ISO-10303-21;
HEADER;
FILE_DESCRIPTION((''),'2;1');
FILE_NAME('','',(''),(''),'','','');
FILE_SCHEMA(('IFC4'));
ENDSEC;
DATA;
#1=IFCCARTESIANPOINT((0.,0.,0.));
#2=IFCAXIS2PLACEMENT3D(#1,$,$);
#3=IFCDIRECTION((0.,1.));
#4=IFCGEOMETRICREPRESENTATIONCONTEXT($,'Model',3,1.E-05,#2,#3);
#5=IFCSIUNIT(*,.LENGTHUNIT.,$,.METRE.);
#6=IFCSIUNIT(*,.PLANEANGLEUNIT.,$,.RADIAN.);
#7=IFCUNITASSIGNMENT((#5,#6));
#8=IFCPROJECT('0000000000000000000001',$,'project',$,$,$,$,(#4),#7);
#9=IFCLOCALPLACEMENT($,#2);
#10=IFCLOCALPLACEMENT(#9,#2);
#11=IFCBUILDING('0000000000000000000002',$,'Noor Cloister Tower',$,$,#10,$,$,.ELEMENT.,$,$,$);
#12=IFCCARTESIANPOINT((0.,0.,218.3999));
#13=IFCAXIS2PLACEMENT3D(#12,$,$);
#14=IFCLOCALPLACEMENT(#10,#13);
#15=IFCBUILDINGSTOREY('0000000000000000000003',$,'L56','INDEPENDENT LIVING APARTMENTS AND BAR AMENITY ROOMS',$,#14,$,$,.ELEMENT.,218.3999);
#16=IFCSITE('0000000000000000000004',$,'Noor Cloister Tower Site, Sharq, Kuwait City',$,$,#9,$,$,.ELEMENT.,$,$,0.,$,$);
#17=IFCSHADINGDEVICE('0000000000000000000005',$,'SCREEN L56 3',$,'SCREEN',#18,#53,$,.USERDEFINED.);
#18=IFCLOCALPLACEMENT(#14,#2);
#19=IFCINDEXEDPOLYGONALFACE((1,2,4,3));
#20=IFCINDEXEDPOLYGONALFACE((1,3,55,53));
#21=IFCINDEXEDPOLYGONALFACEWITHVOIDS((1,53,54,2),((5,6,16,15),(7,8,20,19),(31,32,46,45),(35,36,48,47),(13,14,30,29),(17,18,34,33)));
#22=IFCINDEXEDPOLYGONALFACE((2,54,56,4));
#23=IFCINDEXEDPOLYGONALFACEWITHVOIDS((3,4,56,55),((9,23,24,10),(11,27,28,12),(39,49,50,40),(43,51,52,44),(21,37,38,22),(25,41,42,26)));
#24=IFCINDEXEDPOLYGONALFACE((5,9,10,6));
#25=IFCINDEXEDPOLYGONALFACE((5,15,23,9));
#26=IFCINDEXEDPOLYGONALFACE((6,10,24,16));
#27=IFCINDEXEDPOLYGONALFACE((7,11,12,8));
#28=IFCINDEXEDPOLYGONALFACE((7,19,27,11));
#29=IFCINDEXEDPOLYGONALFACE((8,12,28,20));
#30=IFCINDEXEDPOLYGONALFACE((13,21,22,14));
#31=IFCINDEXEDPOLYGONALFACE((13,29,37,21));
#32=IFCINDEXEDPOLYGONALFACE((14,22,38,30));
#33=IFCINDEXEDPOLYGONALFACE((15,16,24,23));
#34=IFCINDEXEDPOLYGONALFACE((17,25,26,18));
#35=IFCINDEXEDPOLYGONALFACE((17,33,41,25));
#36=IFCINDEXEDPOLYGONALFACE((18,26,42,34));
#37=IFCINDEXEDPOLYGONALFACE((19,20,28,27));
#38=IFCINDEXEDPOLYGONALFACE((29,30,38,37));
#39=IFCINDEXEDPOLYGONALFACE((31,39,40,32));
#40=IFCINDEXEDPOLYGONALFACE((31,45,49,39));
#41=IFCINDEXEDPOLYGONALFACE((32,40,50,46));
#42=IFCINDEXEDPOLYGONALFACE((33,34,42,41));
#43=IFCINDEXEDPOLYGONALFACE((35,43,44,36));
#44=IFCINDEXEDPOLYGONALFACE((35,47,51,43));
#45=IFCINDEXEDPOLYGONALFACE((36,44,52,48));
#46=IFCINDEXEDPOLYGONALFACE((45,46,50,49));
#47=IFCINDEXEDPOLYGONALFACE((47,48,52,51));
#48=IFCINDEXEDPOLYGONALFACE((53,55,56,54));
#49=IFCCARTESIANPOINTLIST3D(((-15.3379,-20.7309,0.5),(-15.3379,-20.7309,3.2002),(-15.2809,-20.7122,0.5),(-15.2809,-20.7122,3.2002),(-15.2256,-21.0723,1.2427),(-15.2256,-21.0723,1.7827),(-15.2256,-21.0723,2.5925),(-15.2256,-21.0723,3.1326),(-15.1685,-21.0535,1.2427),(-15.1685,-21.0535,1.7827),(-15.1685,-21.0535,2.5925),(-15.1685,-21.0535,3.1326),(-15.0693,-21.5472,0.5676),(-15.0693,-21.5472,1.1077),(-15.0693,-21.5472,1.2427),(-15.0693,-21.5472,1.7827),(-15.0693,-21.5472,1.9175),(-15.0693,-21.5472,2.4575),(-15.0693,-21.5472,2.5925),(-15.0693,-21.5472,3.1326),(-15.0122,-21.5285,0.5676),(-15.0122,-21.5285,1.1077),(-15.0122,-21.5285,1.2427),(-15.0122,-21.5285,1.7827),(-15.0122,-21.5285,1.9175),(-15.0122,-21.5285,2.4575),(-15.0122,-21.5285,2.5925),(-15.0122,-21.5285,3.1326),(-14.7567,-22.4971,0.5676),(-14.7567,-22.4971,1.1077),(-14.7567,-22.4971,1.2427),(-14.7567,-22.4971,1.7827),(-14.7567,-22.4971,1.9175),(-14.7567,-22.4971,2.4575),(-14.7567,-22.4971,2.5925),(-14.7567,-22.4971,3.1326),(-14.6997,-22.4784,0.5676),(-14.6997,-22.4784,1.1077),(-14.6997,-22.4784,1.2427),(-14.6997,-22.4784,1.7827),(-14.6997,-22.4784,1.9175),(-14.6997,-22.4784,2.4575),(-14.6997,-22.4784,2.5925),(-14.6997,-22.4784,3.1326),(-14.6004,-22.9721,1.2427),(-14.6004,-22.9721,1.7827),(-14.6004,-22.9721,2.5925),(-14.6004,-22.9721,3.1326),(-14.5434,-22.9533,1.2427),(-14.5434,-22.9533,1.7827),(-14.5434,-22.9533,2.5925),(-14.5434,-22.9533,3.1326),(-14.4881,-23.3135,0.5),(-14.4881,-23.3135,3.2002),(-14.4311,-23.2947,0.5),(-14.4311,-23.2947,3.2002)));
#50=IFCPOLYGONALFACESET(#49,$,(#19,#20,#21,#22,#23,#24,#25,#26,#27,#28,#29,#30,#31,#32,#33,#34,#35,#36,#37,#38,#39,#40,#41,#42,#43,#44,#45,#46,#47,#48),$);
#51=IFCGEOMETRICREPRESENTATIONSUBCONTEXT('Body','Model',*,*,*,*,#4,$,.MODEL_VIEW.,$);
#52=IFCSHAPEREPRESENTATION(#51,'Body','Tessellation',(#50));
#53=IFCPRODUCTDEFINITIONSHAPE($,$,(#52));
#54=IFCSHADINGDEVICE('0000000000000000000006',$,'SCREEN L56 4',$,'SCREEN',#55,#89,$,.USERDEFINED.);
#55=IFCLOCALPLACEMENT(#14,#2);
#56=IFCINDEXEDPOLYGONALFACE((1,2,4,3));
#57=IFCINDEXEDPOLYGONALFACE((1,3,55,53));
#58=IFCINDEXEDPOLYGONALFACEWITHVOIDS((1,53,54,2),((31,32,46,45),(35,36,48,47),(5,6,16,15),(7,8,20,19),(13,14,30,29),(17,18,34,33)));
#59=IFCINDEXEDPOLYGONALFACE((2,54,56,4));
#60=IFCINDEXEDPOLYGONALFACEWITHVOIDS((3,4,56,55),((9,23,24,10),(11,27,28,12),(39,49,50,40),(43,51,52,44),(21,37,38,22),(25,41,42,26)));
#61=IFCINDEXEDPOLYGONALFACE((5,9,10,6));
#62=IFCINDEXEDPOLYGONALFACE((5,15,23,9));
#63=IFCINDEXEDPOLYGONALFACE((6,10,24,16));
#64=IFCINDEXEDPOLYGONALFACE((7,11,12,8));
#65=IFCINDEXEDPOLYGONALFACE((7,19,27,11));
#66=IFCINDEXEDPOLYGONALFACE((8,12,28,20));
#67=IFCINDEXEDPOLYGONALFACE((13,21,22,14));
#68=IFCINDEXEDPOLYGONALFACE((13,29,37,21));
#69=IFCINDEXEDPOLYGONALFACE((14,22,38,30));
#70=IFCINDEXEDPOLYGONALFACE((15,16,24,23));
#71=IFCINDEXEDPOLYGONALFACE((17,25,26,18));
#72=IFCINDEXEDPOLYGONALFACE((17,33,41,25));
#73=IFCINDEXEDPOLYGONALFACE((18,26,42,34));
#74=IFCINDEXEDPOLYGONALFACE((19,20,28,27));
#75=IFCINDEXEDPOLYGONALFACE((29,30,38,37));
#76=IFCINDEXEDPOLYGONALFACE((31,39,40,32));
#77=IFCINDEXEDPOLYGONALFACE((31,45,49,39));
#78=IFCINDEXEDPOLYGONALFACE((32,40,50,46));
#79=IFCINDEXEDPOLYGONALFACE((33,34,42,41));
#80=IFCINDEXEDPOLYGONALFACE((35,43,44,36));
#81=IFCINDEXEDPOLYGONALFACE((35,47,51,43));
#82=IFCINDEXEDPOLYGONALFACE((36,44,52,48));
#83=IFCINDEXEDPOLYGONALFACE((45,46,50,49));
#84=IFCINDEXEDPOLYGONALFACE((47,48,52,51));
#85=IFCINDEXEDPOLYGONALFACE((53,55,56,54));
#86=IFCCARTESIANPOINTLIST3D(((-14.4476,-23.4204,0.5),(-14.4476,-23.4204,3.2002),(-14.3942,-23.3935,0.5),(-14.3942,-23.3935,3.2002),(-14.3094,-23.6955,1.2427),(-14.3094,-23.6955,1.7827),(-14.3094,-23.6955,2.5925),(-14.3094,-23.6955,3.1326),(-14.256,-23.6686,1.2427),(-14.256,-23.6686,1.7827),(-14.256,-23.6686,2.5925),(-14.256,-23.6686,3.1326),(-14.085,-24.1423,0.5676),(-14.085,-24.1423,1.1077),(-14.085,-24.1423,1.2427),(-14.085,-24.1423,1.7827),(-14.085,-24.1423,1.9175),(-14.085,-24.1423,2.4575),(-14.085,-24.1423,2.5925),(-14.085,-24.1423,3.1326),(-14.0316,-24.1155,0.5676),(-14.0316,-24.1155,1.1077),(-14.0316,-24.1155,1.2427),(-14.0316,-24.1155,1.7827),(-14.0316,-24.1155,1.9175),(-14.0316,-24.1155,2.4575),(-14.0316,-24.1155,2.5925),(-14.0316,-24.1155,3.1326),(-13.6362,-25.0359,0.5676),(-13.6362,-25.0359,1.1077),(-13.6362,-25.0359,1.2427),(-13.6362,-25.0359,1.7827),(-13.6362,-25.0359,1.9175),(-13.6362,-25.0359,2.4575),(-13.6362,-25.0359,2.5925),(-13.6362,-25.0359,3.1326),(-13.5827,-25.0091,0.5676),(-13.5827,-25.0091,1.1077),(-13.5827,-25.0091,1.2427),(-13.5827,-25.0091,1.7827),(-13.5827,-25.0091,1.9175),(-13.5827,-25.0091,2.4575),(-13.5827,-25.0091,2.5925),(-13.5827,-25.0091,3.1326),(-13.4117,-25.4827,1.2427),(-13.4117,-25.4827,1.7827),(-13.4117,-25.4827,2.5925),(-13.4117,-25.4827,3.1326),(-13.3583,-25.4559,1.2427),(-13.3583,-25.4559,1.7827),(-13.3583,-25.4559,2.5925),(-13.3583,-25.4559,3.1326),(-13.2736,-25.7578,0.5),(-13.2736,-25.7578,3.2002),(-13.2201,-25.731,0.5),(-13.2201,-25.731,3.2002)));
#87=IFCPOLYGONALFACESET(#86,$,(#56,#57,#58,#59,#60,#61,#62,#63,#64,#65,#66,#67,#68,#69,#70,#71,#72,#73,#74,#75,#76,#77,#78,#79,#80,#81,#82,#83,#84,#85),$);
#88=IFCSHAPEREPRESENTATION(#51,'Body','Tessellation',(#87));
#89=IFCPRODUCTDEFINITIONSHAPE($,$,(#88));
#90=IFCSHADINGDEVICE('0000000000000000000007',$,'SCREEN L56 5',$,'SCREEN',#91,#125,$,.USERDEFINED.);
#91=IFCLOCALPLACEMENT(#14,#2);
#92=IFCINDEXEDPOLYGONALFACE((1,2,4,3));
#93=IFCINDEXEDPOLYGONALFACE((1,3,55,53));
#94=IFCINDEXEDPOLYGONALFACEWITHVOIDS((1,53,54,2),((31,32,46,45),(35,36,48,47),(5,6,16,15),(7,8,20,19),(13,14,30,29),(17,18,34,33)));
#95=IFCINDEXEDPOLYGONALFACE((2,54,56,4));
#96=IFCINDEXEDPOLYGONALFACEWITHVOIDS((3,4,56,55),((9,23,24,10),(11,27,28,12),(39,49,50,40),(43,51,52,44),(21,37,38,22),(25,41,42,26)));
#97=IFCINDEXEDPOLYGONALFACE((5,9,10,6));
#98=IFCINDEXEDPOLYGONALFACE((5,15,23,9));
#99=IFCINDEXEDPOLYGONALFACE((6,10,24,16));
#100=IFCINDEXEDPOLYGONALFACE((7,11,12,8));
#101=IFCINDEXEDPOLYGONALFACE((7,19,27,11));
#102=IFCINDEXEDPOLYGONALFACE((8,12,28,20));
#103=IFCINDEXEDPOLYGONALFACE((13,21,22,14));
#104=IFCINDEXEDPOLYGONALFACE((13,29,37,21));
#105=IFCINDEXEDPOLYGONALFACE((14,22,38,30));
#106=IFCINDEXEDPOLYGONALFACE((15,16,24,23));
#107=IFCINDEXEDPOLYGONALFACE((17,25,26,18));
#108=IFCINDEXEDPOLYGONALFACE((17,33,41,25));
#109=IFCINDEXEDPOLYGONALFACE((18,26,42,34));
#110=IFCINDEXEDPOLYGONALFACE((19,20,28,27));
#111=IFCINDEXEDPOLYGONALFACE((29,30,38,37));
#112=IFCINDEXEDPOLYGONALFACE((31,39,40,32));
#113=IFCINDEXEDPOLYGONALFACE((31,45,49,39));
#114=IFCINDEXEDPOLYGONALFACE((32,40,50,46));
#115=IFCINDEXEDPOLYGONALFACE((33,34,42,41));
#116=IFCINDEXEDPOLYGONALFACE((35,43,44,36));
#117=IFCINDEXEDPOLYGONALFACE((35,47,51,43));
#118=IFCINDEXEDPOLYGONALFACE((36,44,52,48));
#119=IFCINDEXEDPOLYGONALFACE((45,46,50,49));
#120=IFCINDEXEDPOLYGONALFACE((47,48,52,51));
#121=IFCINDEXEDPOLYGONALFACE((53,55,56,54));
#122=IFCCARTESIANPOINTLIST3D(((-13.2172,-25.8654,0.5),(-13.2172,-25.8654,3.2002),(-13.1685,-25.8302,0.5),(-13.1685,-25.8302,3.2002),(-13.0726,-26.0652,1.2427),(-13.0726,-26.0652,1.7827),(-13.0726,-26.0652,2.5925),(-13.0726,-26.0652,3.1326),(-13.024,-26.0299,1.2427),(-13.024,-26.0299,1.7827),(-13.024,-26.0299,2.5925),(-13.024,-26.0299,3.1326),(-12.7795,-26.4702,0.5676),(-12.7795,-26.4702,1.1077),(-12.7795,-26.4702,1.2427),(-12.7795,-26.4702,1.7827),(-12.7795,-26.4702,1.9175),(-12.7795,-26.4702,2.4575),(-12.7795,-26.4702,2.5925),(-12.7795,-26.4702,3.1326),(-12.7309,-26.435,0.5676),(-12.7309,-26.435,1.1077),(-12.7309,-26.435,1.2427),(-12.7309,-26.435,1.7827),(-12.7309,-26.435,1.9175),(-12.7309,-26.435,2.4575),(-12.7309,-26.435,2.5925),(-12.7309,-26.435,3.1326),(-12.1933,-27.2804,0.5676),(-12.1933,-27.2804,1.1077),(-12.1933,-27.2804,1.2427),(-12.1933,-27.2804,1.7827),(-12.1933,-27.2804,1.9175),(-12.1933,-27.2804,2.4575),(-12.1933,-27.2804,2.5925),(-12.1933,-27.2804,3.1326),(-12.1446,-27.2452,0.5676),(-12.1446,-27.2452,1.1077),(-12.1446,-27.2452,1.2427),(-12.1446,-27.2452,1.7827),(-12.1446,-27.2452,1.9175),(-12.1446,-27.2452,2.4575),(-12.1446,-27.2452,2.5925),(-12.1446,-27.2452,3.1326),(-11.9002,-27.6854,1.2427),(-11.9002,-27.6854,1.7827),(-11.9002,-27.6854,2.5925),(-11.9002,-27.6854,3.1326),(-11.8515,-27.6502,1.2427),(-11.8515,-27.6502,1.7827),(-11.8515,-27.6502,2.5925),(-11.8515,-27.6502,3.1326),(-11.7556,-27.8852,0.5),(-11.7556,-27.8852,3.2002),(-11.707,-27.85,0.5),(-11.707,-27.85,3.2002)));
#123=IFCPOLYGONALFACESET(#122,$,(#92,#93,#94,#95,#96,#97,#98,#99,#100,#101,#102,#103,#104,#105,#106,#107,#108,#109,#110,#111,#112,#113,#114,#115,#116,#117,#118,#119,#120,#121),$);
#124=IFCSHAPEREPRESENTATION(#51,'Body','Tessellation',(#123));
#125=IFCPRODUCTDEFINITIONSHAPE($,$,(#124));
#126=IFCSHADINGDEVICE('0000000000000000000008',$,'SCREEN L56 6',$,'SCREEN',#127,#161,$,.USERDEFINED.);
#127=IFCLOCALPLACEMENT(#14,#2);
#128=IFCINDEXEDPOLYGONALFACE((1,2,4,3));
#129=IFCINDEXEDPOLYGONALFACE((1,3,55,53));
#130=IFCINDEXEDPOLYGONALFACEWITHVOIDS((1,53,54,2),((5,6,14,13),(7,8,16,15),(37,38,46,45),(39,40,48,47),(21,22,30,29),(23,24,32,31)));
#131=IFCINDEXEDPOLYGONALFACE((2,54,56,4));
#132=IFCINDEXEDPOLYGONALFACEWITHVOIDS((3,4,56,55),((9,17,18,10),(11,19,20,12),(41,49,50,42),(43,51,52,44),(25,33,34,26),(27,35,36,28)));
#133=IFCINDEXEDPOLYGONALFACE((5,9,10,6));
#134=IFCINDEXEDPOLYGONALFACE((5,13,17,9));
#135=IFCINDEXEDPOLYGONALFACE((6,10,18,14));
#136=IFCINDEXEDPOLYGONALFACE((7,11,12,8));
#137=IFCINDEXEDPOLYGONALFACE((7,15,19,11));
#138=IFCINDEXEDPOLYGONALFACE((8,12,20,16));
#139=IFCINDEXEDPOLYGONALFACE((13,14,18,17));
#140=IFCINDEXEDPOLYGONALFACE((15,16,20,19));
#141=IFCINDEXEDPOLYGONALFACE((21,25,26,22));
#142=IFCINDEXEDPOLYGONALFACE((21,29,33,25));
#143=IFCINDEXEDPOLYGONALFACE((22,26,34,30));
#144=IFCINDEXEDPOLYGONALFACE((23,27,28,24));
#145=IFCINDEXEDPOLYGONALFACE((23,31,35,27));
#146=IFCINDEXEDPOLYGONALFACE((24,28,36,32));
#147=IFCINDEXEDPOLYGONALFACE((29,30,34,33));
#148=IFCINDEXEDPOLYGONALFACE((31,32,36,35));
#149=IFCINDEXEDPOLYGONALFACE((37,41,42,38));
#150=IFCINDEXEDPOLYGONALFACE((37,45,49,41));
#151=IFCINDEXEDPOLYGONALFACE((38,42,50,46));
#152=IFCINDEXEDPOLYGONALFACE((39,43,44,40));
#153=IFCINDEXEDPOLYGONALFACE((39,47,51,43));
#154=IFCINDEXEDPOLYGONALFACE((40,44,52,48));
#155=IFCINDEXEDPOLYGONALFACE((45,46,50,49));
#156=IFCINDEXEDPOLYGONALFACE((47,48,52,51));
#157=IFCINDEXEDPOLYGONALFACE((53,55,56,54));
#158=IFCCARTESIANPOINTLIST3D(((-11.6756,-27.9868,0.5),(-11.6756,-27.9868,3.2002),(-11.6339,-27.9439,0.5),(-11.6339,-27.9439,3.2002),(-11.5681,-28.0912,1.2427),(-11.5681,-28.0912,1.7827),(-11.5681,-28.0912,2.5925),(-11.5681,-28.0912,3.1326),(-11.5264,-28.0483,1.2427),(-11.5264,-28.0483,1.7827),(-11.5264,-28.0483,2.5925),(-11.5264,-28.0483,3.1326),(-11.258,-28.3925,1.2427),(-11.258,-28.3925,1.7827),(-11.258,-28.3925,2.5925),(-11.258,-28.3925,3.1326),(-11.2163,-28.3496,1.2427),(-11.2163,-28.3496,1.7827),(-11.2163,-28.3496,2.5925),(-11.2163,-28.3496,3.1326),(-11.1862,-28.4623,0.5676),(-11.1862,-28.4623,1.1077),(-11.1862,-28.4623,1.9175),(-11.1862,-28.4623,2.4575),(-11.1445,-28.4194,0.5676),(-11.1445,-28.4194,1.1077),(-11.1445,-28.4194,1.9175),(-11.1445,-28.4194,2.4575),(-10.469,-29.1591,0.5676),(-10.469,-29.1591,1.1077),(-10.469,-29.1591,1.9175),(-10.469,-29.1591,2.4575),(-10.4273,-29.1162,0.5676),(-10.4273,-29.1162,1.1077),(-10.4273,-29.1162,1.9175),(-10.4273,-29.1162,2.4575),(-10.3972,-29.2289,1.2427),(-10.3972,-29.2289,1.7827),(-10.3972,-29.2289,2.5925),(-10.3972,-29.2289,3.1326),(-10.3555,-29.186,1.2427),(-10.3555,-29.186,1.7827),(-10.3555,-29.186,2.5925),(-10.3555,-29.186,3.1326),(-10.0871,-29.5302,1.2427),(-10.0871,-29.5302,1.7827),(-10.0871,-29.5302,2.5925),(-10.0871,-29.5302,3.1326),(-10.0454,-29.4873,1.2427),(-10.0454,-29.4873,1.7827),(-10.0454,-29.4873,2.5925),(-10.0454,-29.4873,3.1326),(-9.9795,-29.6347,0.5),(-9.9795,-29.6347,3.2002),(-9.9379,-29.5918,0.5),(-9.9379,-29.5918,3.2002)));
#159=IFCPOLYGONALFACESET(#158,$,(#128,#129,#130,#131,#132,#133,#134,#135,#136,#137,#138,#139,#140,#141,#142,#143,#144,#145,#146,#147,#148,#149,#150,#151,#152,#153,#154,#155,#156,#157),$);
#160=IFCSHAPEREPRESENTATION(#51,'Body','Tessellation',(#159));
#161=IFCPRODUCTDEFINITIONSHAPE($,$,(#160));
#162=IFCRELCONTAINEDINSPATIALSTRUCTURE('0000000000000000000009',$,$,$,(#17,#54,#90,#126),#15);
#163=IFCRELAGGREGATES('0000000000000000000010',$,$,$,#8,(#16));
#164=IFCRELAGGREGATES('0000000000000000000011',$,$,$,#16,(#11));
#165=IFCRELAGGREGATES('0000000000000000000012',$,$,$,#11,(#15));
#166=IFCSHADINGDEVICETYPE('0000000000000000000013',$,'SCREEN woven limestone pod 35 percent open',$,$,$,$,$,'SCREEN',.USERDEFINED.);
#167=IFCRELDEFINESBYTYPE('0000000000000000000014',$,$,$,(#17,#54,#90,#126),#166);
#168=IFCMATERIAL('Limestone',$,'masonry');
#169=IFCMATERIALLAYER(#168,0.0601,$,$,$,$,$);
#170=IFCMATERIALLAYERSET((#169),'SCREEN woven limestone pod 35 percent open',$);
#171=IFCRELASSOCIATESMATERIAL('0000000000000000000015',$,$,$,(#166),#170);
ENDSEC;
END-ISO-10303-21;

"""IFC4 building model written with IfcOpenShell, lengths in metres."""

from ifc_helpers import new_model, si_unit, direction, frame, origin, place, context, subcontext, project, spatial, polyline, outline, extrude, material, layer, layer_set, type_object, element, save


model = new_model("IFC4")

# Units and contexts
model_context = context("Model", 3, precision=1e-05, world=origin(), true_north=direction((0.0, 1.0)))
body_context = subcontext(model_context, "Body", "Model", "MODEL_VIEW")
ifc_project = project(units=[si_unit("LENGTHUNIT", "METRE"), si_unit("PLANEANGLEUNIT", "RADIAN")], contexts=[model_context])

# Site, building, storey
site_placement = place(None, origin())
site = spatial("IfcSite", under=ifc_project, at=site_placement, Name="Noor Cloister Tower Site, Sharq, Kuwait City", CompositionType="ELEMENT", RefElevation=0.0)
building_placement = place(site_placement, origin())
building = spatial("IfcBuilding", under=site, at=building_placement, Name="Noor Cloister Tower", CompositionType="ELEMENT")
storey_placement = place(building_placement, frame((0.0, 0.0, 218.3999)))
storey = spatial("IfcBuildingStorey", under=building, at=storey_placement, Name="L56", Description="INDEPENDENT LIVING APARTMENTS AND BAR AMENITY ROOMS", CompositionType="ELEMENT", Elevation=218.3999)

# Shading devices
ifc_material_1 = material(Name="Limestone", Category="masonry")
ifc_layer_1 = layer(ifc_material_1, 0.0601)
ifc_layer_set_1 = layer_set([ifc_layer_1], Name="SCREEN woven limestone pod 35 percent open")
shading_device_type = type_object("IfcShadingDeviceType", Name="SCREEN woven limestone pod 35 percent open", ElementType="SCREEN", PredefinedType="USERDEFINED", material=ifc_layer_set_1)
shading_device_1_placement = place(storey_placement, frame((-14.856, -22.0034, 1.8501), z_axis=(-0.949894, -0.312572, 0.0), x_axis=(0.312572, -0.949894, 0.0)))
element("IfcShadingDevice", 1, at=shading_device_1_placement, inside=storey, type_object=shading_device_type, Name="SCREEN L56 3", ObjectType="SCREEN", PredefinedType="USERDEFINED", context=body_context, shape_type="SweptSolid", body=[
    extrude(outline(polyline([(-1.3594, -1.3501), (1.3594, -1.3501), (1.3594, 1.3501), (-1.3594, 1.3501), (-1.3594, -1.3501)]), holes=[polyline([(-0.5, -1.2825), (0.5, -1.2825), (0.5, -0.7424), (-0.5, -0.7424), (-0.5, -1.2825)]), polyline([(-1.0, -0.6074), (-0.5, -0.6074), (-0.5, -0.0674), (-1.0, -0.0674), (-1.0, -0.6074)]), polyline([(0.5, -0.6074), (1.0, -0.6074), (1.0, -0.0674), (0.5, -0.0674), (0.5, -0.6074)]), polyline([(-0.5, 0.0674), (0.5, 0.0674), (0.5, 0.6074), (-0.5, 0.6074), (-0.5, 0.0674)]), polyline([(-1.0, 0.7424), (-0.5, 0.7424), (-0.5, 1.2825), (-1.0, 1.2825), (-1.0, 0.7424)]), polyline([(0.5, 0.7424), (1.0, 0.7424), (1.0, 1.2825), (0.5, 1.2825), (0.5, 0.7424)])]), origin(), (0.0, 0.0, 1.0), 0.0601),
])
shading_device_2_placement = place(storey_placement, frame((-13.8071, -24.5623, 1.8501), z_axis=(-0.89361, -0.448845, 0.0), x_axis=(0.448845, -0.89361, 0.0)))
element("IfcShadingDevice", 2, at=shading_device_2_placement, inside=storey, type_object=shading_device_type, Name="SCREEN L56 4", ObjectType="SCREEN", PredefinedType="USERDEFINED", context=body_context, shape_type="SweptSolid", body=[
    extrude(outline(polyline([(-1.3079, -1.3501), (1.3079, -1.3501), (1.3079, 1.3501), (-1.3079, 1.3501), (-1.3079, -1.3501)]), holes=[polyline([(-0.5, -1.2825), (0.5, -1.2825), (0.5, -0.7424), (-0.5, -0.7424), (-0.5, -1.2825)]), polyline([(-1.0, -0.6074), (-0.5, -0.6074), (-0.5, -0.0674), (-1.0, -0.0674), (-1.0, -0.6074)]), polyline([(0.5, -0.6074), (1.0, -0.6074), (1.0, -0.0674), (0.5, -0.0674), (0.5, -0.6074)]), polyline([(-0.5, 0.0674), (0.5, 0.0674), (0.5, 0.6074), (-0.5, 0.6074), (-0.5, 0.0674)]), polyline([(-1.0, 0.7424), (-0.5, 0.7424), (-0.5, 1.2825), (-1.0, 1.2825), (-1.0, 0.7424)]), polyline([(0.5, 0.7424), (1.0, 0.7424), (1.0, 1.2825), (0.5, 1.2825), (0.5, 0.7424)])]), origin(), (0.0, 0.0, 1.0), 0.0598),
])
shading_device_3_placement = place(storey_placement, frame((-12.4377, -26.8401, 1.8501), z_axis=(-0.810142, -0.586234, 0.0), x_axis=(0.586234, -0.810142, 0.0)))
element("IfcShadingDevice", 3, at=shading_device_3_placement, inside=storey, type_object=shading_device_type, Name="SCREEN L56 5", ObjectType="SCREEN", PredefinedType="USERDEFINED", context=body_context, shape_type="SweptSolid", body=[
    extrude(outline(polyline([(-1.2466, -1.3501), (1.2466, -1.3501), (1.2466, 1.3501), (-1.2466, 1.3501), (-1.2466, -1.3501)]), holes=[polyline([(-0.5, -1.2825), (0.5, -1.2825), (0.5, -0.7424), (-0.5, -0.7424), (-0.5, -1.2825)]), polyline([(-1.0, -0.6074), (-0.5, -0.6074), (-0.5, -0.0674), (-1.0, -0.0674), (-1.0, -0.6074)]), polyline([(0.5, -0.6074), (1.0, -0.6074), (1.0, -0.0674), (0.5, -0.0674), (0.5, -0.6074)]), polyline([(-0.5, 0.0674), (0.5, 0.0674), (0.5, 0.6074), (-0.5, 0.6074), (-0.5, 0.0674)]), polyline([(-1.0, 0.7424), (-0.5, 0.7424), (-0.5, 1.2825), (-1.0, 1.2825), (-1.0, 0.7424)]), polyline([(0.5, 0.7424), (1.0, 0.7424), (1.0, 1.2825), (0.5, 1.2825), (0.5, 0.7424)])]), origin(), (0.0, 0.0, 1.0), 0.0601),
])
shading_device_4_placement = place(storey_placement, frame((-10.7859, -28.7678, 1.8501), z_axis=(-0.696846, -0.717221, 0.0), x_axis=(0.717221, -0.696846, 0.0)))
element("IfcShadingDevice", 4, at=shading_device_4_placement, inside=storey, type_object=shading_device_type, Name="SCREEN L56 6", ObjectType="SCREEN", PredefinedType="USERDEFINED", context=body_context, shape_type="SweptSolid", body=[
    extrude(outline(polyline([(-1.1824, -1.3501), (1.1824, -1.3501), (1.1824, 1.3501), (-1.1824, 1.3501), (-1.1824, -1.3501)]), holes=[polyline([(-0.5, -1.2825), (0.5, -1.2825), (0.5, -0.7424), (-0.5, -0.7424), (-0.5, -1.2825)]), polyline([(0.6001, -0.6074), (1.0325, -0.6074), (1.0325, -0.0674), (0.6001, -0.0674), (0.6001, -0.6074)]), polyline([(-1.0325, -0.6074), (-0.6001, -0.6074), (-0.6001, -0.0674), (-1.0325, -0.0674), (-1.0325, -0.6074)]), polyline([(-0.5, 0.0674), (0.5, 0.0674), (0.5, 0.6074), (-0.5, 0.6074), (-0.5, 0.0674)]), polyline([(0.6001, 0.7424), (1.0325, 0.7424), (1.0325, 1.2825), (0.6001, 1.2825), (0.6001, 0.7424)]), polyline([(-1.0325, 0.7424), (-0.6001, 0.7424), (-0.6001, 1.2825), (-1.0325, 1.2825), (-1.0325, 0.7424)])]), origin(), (0.0, 0.0, 1.0), 0.0598),
])

save(model, "model.ifc")
